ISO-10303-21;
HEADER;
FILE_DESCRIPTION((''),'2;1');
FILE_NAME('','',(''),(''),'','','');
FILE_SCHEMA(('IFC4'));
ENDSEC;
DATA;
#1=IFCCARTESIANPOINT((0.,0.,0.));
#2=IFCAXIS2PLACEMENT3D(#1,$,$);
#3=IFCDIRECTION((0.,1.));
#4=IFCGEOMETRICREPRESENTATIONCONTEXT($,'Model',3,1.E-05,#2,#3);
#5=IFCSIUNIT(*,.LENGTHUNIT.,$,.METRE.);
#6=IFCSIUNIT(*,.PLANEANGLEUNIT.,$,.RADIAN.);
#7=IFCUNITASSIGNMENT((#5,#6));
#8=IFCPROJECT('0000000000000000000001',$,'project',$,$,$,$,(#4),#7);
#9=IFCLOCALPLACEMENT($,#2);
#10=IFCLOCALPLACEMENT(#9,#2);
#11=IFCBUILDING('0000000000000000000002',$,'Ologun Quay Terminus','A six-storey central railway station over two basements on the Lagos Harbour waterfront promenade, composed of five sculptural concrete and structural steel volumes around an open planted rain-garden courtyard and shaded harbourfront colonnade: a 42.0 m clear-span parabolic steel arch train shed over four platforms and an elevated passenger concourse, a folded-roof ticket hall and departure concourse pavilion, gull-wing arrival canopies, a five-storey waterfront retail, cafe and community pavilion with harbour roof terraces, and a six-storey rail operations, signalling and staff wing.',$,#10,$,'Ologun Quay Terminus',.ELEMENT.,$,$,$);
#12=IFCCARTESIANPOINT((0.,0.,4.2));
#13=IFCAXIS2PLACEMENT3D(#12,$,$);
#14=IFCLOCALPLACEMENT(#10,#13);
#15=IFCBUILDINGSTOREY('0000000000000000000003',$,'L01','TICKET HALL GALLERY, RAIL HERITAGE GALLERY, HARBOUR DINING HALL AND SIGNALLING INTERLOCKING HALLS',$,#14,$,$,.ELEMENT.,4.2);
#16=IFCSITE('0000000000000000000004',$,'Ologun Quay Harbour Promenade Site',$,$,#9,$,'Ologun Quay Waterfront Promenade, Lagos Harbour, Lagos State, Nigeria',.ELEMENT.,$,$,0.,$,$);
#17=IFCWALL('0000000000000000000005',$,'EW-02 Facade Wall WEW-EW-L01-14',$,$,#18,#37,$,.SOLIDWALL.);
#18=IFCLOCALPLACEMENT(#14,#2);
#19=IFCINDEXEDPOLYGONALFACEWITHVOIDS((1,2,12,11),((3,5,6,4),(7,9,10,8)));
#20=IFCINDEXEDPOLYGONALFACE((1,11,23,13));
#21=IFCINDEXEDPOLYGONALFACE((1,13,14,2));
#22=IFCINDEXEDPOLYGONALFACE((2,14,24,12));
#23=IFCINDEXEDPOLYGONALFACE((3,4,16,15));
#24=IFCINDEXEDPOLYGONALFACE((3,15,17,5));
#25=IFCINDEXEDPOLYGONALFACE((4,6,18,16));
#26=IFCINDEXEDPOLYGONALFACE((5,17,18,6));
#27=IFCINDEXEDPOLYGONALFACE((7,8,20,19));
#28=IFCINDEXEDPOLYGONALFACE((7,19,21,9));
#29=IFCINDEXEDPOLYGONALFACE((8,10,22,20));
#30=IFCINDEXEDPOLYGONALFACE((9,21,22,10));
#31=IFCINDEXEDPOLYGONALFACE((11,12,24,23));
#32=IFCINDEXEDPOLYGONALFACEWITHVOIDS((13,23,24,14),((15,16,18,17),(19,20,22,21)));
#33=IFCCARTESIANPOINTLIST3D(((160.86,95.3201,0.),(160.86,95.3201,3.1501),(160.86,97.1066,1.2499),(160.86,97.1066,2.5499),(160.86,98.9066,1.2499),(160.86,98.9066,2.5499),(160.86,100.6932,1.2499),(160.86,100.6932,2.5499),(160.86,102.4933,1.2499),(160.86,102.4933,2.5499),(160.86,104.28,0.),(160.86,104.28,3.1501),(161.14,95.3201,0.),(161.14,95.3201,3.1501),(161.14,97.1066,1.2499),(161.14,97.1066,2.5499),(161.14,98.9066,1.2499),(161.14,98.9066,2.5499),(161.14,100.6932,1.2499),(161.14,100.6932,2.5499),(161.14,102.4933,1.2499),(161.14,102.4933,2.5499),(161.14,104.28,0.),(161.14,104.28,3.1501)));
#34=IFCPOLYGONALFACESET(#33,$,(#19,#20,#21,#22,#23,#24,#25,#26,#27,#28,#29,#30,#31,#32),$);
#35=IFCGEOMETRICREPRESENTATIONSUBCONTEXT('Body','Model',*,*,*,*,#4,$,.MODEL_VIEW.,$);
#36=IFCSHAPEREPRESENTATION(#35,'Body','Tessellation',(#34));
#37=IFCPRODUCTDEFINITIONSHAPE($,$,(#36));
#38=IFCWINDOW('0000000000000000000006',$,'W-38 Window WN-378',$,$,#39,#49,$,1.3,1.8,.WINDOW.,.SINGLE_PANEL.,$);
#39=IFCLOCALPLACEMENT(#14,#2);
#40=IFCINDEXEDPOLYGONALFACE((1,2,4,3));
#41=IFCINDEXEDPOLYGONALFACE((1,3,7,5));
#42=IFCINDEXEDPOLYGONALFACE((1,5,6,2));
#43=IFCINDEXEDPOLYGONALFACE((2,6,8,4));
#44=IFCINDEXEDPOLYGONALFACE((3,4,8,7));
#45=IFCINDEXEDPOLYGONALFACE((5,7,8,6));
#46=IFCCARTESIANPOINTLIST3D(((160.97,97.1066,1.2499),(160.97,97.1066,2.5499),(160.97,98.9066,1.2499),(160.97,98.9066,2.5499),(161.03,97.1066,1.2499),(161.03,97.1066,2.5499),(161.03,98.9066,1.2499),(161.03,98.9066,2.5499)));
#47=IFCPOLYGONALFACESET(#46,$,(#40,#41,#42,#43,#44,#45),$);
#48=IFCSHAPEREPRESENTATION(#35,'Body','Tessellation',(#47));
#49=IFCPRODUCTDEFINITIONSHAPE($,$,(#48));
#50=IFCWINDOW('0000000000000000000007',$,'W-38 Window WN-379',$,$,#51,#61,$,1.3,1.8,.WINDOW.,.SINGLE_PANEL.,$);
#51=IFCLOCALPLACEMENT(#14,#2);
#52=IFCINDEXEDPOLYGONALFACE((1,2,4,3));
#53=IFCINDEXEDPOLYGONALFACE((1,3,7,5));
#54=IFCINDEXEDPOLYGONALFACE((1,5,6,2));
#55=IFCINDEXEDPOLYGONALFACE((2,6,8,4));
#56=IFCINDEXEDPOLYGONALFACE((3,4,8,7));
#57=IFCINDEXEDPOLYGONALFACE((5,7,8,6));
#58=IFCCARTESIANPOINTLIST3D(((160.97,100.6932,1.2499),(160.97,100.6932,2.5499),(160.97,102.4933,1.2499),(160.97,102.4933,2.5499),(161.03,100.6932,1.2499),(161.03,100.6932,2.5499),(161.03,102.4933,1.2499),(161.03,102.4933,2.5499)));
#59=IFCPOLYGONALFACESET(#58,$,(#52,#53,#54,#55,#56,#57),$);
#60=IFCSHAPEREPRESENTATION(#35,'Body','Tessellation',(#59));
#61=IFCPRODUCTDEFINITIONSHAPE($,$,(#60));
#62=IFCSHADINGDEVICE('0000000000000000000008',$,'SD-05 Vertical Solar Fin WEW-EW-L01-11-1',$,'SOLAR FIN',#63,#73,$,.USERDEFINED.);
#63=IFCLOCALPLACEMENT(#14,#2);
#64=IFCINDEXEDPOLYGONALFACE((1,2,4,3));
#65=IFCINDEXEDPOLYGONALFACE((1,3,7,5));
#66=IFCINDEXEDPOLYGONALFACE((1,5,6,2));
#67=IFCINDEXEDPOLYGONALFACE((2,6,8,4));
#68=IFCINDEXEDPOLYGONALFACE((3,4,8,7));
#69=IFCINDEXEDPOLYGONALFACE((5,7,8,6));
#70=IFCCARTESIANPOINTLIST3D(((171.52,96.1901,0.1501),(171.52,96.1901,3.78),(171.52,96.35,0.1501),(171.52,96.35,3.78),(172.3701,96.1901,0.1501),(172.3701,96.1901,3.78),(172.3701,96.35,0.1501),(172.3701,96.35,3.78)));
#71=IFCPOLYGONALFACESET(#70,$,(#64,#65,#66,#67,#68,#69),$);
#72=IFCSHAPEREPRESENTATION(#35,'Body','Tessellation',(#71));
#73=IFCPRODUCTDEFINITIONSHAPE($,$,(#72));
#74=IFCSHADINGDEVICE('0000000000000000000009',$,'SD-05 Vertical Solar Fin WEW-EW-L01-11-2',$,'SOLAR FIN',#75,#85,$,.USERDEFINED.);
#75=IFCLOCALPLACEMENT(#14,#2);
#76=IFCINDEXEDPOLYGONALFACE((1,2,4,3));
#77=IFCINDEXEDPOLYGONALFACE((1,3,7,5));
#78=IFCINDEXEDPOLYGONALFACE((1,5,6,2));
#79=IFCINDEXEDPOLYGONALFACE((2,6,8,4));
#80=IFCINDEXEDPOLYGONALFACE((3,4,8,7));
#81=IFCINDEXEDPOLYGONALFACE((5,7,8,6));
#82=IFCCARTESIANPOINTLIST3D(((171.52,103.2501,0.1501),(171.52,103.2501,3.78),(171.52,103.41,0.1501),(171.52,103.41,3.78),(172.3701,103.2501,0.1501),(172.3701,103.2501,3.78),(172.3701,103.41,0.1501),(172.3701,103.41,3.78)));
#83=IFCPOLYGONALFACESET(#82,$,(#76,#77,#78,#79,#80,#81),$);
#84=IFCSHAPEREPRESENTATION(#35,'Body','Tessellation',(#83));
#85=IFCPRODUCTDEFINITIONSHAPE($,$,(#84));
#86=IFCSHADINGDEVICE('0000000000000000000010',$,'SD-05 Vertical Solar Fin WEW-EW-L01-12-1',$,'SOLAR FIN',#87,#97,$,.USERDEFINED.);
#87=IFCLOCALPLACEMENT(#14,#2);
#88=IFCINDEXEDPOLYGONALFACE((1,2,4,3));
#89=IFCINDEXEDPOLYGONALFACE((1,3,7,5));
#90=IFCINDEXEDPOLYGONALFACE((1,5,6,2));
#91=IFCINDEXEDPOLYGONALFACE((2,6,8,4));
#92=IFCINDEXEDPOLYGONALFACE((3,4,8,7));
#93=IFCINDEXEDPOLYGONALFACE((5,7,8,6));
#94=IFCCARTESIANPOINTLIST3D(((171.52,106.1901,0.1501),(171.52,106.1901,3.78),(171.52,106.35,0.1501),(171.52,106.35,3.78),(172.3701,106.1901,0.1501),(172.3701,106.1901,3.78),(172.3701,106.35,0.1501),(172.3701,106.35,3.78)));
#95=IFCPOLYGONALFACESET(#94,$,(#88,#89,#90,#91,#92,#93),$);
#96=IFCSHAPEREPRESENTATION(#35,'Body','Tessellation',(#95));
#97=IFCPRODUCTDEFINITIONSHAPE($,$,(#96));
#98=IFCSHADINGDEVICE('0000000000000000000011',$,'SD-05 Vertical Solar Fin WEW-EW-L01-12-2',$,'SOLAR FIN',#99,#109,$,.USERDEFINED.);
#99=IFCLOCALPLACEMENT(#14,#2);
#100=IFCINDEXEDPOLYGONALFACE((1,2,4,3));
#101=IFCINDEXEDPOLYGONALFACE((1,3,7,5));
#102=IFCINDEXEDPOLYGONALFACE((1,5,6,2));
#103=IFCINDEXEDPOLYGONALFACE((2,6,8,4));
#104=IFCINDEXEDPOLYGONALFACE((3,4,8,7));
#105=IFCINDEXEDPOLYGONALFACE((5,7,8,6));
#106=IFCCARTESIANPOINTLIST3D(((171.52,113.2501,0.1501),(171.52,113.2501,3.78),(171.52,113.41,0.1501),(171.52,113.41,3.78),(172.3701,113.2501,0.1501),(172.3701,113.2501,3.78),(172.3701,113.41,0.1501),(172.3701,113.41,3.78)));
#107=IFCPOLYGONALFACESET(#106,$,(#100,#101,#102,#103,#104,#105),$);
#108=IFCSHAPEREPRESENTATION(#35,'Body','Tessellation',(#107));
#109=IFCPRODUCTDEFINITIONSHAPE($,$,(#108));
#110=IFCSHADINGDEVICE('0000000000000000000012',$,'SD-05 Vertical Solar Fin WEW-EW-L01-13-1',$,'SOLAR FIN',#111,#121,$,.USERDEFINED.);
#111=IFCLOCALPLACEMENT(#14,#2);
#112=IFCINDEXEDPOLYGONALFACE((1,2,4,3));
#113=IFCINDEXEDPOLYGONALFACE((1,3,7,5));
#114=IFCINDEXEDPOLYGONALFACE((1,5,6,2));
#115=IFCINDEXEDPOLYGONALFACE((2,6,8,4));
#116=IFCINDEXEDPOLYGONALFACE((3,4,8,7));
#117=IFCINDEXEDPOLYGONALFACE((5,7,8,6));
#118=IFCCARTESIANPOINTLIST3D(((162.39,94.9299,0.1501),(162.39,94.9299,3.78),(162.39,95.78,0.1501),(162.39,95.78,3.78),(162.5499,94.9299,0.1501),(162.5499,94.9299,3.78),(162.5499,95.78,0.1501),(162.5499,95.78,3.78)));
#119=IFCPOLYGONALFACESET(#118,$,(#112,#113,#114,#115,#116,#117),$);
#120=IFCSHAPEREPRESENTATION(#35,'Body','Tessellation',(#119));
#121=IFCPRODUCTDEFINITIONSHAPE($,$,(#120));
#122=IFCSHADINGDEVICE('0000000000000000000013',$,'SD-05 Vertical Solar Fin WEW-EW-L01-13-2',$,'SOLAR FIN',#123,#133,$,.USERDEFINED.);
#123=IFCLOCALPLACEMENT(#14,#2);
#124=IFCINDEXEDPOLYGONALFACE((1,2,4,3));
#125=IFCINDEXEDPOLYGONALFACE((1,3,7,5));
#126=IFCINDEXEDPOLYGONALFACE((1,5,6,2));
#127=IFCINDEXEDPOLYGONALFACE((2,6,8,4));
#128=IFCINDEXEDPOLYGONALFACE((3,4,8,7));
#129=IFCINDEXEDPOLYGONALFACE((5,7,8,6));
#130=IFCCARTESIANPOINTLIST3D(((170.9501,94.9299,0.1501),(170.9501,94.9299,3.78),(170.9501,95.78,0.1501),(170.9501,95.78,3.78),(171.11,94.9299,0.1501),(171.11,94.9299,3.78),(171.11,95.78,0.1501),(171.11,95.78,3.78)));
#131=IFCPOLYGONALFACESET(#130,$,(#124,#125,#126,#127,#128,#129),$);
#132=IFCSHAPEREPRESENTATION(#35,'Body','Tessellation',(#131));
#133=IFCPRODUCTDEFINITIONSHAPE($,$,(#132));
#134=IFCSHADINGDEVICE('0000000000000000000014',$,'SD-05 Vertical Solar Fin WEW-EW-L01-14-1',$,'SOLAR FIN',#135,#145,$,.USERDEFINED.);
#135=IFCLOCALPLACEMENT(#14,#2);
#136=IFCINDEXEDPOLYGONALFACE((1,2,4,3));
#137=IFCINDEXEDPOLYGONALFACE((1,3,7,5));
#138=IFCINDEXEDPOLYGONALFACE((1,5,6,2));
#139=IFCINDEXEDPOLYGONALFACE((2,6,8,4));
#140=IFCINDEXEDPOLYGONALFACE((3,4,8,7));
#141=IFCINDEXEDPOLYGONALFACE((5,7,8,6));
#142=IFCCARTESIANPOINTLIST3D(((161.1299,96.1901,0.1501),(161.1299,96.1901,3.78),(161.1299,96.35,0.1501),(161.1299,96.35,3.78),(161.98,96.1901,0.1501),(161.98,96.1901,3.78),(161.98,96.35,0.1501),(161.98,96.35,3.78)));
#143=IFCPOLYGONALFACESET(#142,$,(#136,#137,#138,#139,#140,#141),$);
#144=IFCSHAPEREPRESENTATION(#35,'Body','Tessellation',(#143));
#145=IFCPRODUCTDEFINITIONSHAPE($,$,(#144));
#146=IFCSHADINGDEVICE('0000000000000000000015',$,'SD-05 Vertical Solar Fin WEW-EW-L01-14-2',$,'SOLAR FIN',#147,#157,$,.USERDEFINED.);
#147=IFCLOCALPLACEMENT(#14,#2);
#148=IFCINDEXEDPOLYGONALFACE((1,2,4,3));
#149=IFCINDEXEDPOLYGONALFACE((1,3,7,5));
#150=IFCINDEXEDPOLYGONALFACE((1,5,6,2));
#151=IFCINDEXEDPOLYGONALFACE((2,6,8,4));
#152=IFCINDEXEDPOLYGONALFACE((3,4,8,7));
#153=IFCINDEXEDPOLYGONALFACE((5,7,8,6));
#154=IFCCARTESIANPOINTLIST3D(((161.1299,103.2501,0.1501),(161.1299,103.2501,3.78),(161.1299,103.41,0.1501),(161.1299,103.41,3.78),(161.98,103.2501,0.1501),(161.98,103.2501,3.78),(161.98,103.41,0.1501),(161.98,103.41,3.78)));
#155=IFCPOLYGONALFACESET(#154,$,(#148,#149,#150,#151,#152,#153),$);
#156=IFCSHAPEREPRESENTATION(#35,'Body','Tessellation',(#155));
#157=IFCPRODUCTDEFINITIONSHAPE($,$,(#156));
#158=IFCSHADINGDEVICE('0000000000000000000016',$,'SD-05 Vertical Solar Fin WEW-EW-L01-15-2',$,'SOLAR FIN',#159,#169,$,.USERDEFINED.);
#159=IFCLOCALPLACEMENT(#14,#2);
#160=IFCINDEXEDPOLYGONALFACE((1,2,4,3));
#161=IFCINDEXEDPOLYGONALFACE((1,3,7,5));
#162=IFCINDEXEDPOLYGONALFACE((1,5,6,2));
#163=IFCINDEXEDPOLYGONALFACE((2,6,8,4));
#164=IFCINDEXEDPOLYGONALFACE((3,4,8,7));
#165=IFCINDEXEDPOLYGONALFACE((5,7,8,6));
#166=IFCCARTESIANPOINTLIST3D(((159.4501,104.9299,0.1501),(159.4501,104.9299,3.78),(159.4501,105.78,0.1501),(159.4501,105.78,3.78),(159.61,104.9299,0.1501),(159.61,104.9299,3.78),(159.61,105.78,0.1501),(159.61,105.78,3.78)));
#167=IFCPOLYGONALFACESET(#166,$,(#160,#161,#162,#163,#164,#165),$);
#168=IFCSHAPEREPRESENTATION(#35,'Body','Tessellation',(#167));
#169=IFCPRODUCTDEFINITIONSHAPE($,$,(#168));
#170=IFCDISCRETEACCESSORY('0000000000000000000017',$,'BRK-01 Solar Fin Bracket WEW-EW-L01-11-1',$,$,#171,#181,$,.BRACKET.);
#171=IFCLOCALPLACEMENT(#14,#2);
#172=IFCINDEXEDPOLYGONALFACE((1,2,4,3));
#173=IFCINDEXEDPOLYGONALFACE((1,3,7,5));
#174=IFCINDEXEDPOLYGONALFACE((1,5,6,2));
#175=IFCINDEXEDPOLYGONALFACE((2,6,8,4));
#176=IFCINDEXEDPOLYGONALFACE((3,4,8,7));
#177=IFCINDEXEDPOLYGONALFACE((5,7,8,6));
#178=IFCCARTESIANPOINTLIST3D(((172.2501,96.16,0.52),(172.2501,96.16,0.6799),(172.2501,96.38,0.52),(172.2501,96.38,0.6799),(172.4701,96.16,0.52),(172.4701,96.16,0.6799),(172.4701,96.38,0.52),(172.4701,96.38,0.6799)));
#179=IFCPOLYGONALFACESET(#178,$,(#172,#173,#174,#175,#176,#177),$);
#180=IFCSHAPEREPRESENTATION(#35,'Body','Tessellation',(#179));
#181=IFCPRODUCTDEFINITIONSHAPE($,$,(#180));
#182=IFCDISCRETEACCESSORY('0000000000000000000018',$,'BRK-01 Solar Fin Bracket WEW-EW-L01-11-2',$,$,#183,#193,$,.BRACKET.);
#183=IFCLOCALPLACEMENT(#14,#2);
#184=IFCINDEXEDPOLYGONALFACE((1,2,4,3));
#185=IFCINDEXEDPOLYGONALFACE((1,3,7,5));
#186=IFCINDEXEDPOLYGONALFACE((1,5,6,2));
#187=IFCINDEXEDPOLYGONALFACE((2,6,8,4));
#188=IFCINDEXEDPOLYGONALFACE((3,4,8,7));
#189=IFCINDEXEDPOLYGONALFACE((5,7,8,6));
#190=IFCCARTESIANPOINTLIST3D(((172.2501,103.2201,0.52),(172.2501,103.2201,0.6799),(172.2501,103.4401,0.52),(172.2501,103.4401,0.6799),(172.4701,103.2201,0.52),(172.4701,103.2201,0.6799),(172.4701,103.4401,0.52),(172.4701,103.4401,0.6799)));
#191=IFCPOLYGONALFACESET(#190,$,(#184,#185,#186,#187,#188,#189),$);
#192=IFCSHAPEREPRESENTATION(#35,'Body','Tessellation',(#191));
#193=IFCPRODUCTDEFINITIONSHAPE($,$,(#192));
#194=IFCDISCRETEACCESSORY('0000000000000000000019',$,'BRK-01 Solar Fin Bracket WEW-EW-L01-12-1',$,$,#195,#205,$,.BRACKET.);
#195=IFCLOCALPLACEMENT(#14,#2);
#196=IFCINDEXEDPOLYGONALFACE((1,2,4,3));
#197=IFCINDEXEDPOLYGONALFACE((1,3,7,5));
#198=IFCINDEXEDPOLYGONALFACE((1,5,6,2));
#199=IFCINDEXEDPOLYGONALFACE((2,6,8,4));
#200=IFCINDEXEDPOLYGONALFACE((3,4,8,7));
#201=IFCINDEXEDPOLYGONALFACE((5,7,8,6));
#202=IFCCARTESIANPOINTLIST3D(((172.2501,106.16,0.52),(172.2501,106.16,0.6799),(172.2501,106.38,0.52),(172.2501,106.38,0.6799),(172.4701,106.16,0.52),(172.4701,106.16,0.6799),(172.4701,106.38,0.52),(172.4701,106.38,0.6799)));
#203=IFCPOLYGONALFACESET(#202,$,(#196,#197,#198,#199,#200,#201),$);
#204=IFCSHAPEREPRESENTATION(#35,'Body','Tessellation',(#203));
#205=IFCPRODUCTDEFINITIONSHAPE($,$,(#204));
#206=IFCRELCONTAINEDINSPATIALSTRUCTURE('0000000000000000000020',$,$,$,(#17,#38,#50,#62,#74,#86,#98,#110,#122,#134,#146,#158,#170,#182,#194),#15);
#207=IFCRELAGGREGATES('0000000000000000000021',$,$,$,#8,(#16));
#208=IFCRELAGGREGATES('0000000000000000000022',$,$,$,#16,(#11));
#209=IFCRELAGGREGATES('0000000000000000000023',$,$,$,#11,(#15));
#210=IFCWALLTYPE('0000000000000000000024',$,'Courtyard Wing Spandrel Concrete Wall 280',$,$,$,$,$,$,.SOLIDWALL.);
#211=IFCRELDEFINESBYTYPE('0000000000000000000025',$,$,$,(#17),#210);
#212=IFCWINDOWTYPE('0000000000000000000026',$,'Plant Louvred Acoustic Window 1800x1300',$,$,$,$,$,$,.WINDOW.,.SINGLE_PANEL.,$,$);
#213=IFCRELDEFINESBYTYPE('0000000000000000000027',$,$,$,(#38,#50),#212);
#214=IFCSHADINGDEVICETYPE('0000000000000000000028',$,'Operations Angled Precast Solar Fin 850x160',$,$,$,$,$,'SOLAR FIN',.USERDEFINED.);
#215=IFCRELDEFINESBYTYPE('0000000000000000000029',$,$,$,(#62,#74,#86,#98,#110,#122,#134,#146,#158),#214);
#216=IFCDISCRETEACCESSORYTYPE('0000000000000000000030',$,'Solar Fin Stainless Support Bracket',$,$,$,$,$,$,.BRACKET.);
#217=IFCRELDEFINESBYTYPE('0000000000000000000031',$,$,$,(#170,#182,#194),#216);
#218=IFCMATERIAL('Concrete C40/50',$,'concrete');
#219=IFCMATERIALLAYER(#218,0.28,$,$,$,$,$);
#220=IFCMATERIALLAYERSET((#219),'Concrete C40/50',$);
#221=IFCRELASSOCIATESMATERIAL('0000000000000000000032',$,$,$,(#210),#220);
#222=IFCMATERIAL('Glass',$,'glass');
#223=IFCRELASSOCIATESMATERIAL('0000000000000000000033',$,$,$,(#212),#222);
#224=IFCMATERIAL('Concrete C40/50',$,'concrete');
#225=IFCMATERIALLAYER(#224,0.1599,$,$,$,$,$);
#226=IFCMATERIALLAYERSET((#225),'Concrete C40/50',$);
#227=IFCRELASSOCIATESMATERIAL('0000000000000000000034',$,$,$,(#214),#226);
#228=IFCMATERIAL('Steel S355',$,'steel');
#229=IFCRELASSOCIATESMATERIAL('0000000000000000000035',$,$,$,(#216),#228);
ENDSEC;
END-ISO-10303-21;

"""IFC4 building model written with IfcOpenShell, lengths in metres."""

from ifc_helpers import new_model, si_unit, direction, frame, frame_2d, origin, origin_2d, place, context, subcontext, project, spatial, rectangle, extrude, material, layer, layer_set, type_object, element, fill, save


model = new_model("IFC4")

# Units and contexts
model_context = context("Model", 3, precision=1e-05, world=origin(), true_north=direction((0.0, 1.0)))
body_context = subcontext(model_context, "Body", "Model", "MODEL_VIEW")
ifc_project = project(units=[si_unit("LENGTHUNIT", "METRE"), si_unit("PLANEANGLEUNIT", "RADIAN")], contexts=[model_context])

# Site, building, storey
site_placement = place(None, origin())
site = spatial("IfcSite", under=ifc_project, at=site_placement, Name="Ologun Quay Harbour Promenade Site", LongName="Ologun Quay Waterfront Promenade, Lagos Harbour, Lagos State, Nigeria", CompositionType="ELEMENT", RefElevation=0.0)
building_placement = place(site_placement, origin())
building = spatial("IfcBuilding", under=site, at=building_placement, Name="Ologun Quay Terminus", Description="A six-storey central railway station over two basements on the Lagos Harbour waterfront promenade, composed of five sculptural concrete and structural steel volumes around an open planted rain-garden courtyard and shaded harbourfront colonnade: a 42.0 m clear-span parabolic steel arch train shed over four platforms and an elevated passenger concourse, a folded-roof ticket hall and departure concourse pavilion, gull-wing arrival canopies, a five-storey waterfront retail, cafe and community pavilion with harbour roof terraces, and a six-storey rail operations, signalling and staff wing.", LongName="Ologun Quay Terminus", CompositionType="ELEMENT")
storey_placement = place(building_placement, frame((0.0, 0.0, 4.2)))
storey = spatial("IfcBuildingStorey", under=building, at=storey_placement, Name="L01", Description="TICKET HALL GALLERY, RAIL HERITAGE GALLERY, HARBOUR DINING HALL AND SIGNALLING INTERLOCKING HALLS", CompositionType="ELEMENT", Elevation=4.2)

# Wall, openings, windows
ifc_material_1 = material(Name="Concrete C40/50", Category="concrete")
ifc_layer_1 = layer(ifc_material_1, 0.28)
ifc_layer_set_1 = layer_set([ifc_layer_1], Name="Concrete C40/50")
wall_type = type_object("IfcWallType", Name="Courtyard Wing Spandrel Concrete Wall 280", PredefinedType="SOLIDWALL", material=ifc_layer_set_1)
wall_1_placement = place(storey_placement, frame((161.0, 95.3201, 0.0), z_axis=(0.0, 0.0, 1.0), x_axis=(0.0, 1.0, 0.0)))
wall_1 = element("IfcWall", 1, at=wall_1_placement, inside=storey, type_object=wall_type, Name="EW-02 Facade Wall WEW-EW-L01-14", PredefinedType="SOLIDWALL", context=body_context, shape_type="SweptSolid", body=[
    extrude(rectangle(XDim=8.96, YDim=0.28, at=frame_2d((4.48, 0.0))), origin(), (0.0, 0.0, 1.0), 3.1501),
])
opening_1_placement = place(wall_1_placement, frame((1.7866, 0.0, 1.25)))
opening_1 = element("IfcOpeningElement", 2, at=opening_1_placement, cuts=wall_1, PredefinedType="OPENING", context=body_context, shape_type="SweptSolid", body=[
    extrude(rectangle(XDim=1.8, YDim=1.3, at=frame_2d((0.8999, 0.6499))), frame((0.0, 0.1499, 0.0), z_axis=(0.0, -1.0, 0.0), x_axis=(1.0, 0.0, 0.0)), (0.0, 0.0, 1.0), 0.3),
])
opening_2_placement = place(wall_1_placement, frame((5.3733, 0.0, 1.25)))
opening_2 = element("IfcOpeningElement", 3, at=opening_2_placement, cuts=wall_1, PredefinedType="OPENING", context=body_context, shape_type="SweptSolid", body=[
    extrude(rectangle(XDim=1.8, YDim=1.3, at=frame_2d((0.8999, 0.6499))), frame((0.0, 0.1499, 0.0), z_axis=(0.0, -1.0, 0.0), x_axis=(1.0, 0.0, 0.0)), (0.0, 0.0, 1.0), 0.3),
])
ifc_material_2 = material(Name="Glass", Category="glass")
window_type_1 = type_object("IfcWindowType", Name="Plant Louvred Acoustic Window 1800x1300", PartitioningType="SINGLE_PANEL", PredefinedType="WINDOW", material=ifc_material_2)
window_1_placement = place(opening_1_placement, origin())
window_1 = element("IfcWindow", 4, at=window_1_placement, inside=storey, type_object=window_type_1, Name="W-38 Window WN-378", OverallHeight=1.3, OverallWidth=1.8, PartitioningType="SINGLE_PANEL", PredefinedType="WINDOW", context=body_context, shape_type="SweptSolid", body=[
    extrude(rectangle(XDim=1.8, YDim=1.3, at=frame_2d((0.8999, 0.6499))), frame((0.0, 0.03, 0.0), z_axis=(0.0, -1.0, 0.0), x_axis=(1.0, 0.0, 0.0)), (0.0, 0.0, 1.0), 0.0601),
])
fill(opening_1, window_1)
window_2_placement = place(opening_2_placement, origin())
window_2 = element("IfcWindow", 5, at=window_2_placement, inside=storey, type_object=window_type_1, Name="W-38 Window WN-379", OverallHeight=1.3, OverallWidth=1.8, PartitioningType="SINGLE_PANEL", PredefinedType="WINDOW", context=body_context, shape_type="SweptSolid", body=[
    extrude(rectangle(XDim=1.8, YDim=1.3, at=frame_2d((0.8999, 0.6499))), frame((0.0, 0.03, 0.0), z_axis=(0.0, -1.0, 0.0), x_axis=(1.0, 0.0, 0.0)), (0.0, 0.0, 1.0), 0.0601),
])
fill(opening_2, window_2)

# Shading devices
ifc_material_3 = material(Name="Concrete C40/50", Category="concrete")
ifc_layer_2 = layer(ifc_material_3, 0.1599)
ifc_layer_set_2 = layer_set([ifc_layer_2], Name="Concrete C40/50")
shading_device_type = type_object("IfcShadingDeviceType", Name="Operations Angled Precast Solar Fin 850x160", ElementType="SOLAR FIN", PredefinedType="USERDEFINED", material=ifc_layer_set_2)
for number, where, z_axis, x_axis, name in (
    (6, (171.9451, 96.27, 0.1501), (0.0, 0.0, 1.0), (1.0, 0.0, 0.0), "SD-05 Vertical Solar Fin WEW-EW-L01-11-1"),
    (7, (171.9451, 103.3301, 0.1501), (0.0, 0.0, 1.0), (1.0, 0.0, 0.0), "SD-05 Vertical Solar Fin WEW-EW-L01-11-2"),
    (8, (171.9451, 106.27, 0.1501), (0.0, 0.0, 1.0), (1.0, 0.0, 0.0), "SD-05 Vertical Solar Fin WEW-EW-L01-12-1"),
    (9, (171.9451, 113.3301, 0.1501), (0.0, 0.0, 1.0), (1.0, 0.0, 0.0), "SD-05 Vertical Solar Fin WEW-EW-L01-12-2"),
):
    element("IfcShadingDevice", number, at=place(storey_placement, frame(where, z_axis=z_axis, x_axis=x_axis)), inside=storey, type_object=shading_device_type, Name=name, ObjectType="SOLAR FIN", PredefinedType="USERDEFINED", context=body_context, shape_type="SweptSolid", body=[
        extrude(rectangle(XDim=0.8501, YDim=0.1599, at=origin_2d()), origin(), (0.0, 0.0, 1.0), 3.6299),
    ])
for number, where, z_axis, x_axis, name in (
    (10, (162.47, 95.355, 0.1501), (0.0, 0.0, 1.0), (1.0, 0.0, 0.0), "SD-05 Vertical Solar Fin WEW-EW-L01-13-1"),
    (11, (171.03, 95.355, 0.1501), (0.0, 0.0, 1.0), (1.0, 0.0, 0.0), "SD-05 Vertical Solar Fin WEW-EW-L01-13-2"),
):
    element("IfcShadingDevice", number, at=place(storey_placement, frame(where, z_axis=z_axis, x_axis=x_axis)), inside=storey, type_object=shading_device_type, Name=name, ObjectType="SOLAR FIN", PredefinedType="USERDEFINED", context=body_context, shape_type="SweptSolid", body=[
        extrude(rectangle(XDim=0.1599, YDim=0.8501, at=origin_2d()), origin(), (0.0, 0.0, 1.0), 3.6299),
    ])
for number, where, z_axis, x_axis, name in (
    (12, (161.5549, 96.27, 0.1501), (0.0, 0.0, 1.0), (1.0, 0.0, 0.0), "SD-05 Vertical Solar Fin WEW-EW-L01-14-1"),
    (13, (161.5549, 103.3301, 0.1501), (0.0, 0.0, 1.0), (1.0, 0.0, 0.0), "SD-05 Vertical Solar Fin WEW-EW-L01-14-2"),
):
    element("IfcShadingDevice", number, at=place(storey_placement, frame(where, z_axis=z_axis, x_axis=x_axis)), inside=storey, type_object=shading_device_type, Name=name, ObjectType="SOLAR FIN", PredefinedType="USERDEFINED", context=body_context, shape_type="SweptSolid", body=[
        extrude(rectangle(XDim=0.8501, YDim=0.1599, at=origin_2d()), origin(), (0.0, 0.0, 1.0), 3.6299),
    ])
shading_device_placement = place(storey_placement, frame((159.53, 105.355, 0.1501), z_axis=(0.0, 0.0, 1.0), x_axis=(1.0, 0.0, 0.0)))
element("IfcShadingDevice", 14, at=shading_device_placement, inside=storey, type_object=shading_device_type, Name="SD-05 Vertical Solar Fin WEW-EW-L01-15-2", ObjectType="SOLAR FIN", PredefinedType="USERDEFINED", context=body_context, shape_type="SweptSolid", body=[
    extrude(rectangle(XDim=0.1599, YDim=0.8501, at=origin_2d()), origin(), (0.0, 0.0, 1.0), 3.6299),
])

# Discrete accessories
ifc_material_4 = material(Name="Steel S355", Category="steel")
discrete_accessory_type = type_object("IfcDiscreteAccessoryType", Name="Solar Fin Stainless Support Bracket", PredefinedType="BRACKET", material=ifc_material_4)
for number, where, z_axis, x_axis, name in (
    (15, (172.3601, 96.27, 0.52), (0.0, 0.0, 1.0), (1.0, 0.0, 0.0), "BRK-01 Solar Fin Bracket WEW-EW-L01-11-1"),
    (16, (172.3601, 103.3301, 0.52), (0.0, 0.0, 1.0), (1.0, 0.0, 0.0), "BRK-01 Solar Fin Bracket WEW-EW-L01-11-2"),
    (17, (172.3601, 106.27, 0.52), (0.0, 0.0, 1.0), (1.0, 0.0, 0.0), "BRK-01 Solar Fin Bracket WEW-EW-L01-12-1"),
):
    element("IfcDiscreteAccessory", number, at=place(storey_placement, frame(where, z_axis=z_axis, x_axis=x_axis)), inside=storey, type_object=discrete_accessory_type, Name=name, PredefinedType="BRACKET", context=body_context, shape_type="SweptSolid", body=[
        extrude(rectangle(XDim=0.22, YDim=0.22, at=origin_2d()), origin(), (0.0, 0.0, 1.0), 0.1599),
    ])

save(model, "model.ifc")
